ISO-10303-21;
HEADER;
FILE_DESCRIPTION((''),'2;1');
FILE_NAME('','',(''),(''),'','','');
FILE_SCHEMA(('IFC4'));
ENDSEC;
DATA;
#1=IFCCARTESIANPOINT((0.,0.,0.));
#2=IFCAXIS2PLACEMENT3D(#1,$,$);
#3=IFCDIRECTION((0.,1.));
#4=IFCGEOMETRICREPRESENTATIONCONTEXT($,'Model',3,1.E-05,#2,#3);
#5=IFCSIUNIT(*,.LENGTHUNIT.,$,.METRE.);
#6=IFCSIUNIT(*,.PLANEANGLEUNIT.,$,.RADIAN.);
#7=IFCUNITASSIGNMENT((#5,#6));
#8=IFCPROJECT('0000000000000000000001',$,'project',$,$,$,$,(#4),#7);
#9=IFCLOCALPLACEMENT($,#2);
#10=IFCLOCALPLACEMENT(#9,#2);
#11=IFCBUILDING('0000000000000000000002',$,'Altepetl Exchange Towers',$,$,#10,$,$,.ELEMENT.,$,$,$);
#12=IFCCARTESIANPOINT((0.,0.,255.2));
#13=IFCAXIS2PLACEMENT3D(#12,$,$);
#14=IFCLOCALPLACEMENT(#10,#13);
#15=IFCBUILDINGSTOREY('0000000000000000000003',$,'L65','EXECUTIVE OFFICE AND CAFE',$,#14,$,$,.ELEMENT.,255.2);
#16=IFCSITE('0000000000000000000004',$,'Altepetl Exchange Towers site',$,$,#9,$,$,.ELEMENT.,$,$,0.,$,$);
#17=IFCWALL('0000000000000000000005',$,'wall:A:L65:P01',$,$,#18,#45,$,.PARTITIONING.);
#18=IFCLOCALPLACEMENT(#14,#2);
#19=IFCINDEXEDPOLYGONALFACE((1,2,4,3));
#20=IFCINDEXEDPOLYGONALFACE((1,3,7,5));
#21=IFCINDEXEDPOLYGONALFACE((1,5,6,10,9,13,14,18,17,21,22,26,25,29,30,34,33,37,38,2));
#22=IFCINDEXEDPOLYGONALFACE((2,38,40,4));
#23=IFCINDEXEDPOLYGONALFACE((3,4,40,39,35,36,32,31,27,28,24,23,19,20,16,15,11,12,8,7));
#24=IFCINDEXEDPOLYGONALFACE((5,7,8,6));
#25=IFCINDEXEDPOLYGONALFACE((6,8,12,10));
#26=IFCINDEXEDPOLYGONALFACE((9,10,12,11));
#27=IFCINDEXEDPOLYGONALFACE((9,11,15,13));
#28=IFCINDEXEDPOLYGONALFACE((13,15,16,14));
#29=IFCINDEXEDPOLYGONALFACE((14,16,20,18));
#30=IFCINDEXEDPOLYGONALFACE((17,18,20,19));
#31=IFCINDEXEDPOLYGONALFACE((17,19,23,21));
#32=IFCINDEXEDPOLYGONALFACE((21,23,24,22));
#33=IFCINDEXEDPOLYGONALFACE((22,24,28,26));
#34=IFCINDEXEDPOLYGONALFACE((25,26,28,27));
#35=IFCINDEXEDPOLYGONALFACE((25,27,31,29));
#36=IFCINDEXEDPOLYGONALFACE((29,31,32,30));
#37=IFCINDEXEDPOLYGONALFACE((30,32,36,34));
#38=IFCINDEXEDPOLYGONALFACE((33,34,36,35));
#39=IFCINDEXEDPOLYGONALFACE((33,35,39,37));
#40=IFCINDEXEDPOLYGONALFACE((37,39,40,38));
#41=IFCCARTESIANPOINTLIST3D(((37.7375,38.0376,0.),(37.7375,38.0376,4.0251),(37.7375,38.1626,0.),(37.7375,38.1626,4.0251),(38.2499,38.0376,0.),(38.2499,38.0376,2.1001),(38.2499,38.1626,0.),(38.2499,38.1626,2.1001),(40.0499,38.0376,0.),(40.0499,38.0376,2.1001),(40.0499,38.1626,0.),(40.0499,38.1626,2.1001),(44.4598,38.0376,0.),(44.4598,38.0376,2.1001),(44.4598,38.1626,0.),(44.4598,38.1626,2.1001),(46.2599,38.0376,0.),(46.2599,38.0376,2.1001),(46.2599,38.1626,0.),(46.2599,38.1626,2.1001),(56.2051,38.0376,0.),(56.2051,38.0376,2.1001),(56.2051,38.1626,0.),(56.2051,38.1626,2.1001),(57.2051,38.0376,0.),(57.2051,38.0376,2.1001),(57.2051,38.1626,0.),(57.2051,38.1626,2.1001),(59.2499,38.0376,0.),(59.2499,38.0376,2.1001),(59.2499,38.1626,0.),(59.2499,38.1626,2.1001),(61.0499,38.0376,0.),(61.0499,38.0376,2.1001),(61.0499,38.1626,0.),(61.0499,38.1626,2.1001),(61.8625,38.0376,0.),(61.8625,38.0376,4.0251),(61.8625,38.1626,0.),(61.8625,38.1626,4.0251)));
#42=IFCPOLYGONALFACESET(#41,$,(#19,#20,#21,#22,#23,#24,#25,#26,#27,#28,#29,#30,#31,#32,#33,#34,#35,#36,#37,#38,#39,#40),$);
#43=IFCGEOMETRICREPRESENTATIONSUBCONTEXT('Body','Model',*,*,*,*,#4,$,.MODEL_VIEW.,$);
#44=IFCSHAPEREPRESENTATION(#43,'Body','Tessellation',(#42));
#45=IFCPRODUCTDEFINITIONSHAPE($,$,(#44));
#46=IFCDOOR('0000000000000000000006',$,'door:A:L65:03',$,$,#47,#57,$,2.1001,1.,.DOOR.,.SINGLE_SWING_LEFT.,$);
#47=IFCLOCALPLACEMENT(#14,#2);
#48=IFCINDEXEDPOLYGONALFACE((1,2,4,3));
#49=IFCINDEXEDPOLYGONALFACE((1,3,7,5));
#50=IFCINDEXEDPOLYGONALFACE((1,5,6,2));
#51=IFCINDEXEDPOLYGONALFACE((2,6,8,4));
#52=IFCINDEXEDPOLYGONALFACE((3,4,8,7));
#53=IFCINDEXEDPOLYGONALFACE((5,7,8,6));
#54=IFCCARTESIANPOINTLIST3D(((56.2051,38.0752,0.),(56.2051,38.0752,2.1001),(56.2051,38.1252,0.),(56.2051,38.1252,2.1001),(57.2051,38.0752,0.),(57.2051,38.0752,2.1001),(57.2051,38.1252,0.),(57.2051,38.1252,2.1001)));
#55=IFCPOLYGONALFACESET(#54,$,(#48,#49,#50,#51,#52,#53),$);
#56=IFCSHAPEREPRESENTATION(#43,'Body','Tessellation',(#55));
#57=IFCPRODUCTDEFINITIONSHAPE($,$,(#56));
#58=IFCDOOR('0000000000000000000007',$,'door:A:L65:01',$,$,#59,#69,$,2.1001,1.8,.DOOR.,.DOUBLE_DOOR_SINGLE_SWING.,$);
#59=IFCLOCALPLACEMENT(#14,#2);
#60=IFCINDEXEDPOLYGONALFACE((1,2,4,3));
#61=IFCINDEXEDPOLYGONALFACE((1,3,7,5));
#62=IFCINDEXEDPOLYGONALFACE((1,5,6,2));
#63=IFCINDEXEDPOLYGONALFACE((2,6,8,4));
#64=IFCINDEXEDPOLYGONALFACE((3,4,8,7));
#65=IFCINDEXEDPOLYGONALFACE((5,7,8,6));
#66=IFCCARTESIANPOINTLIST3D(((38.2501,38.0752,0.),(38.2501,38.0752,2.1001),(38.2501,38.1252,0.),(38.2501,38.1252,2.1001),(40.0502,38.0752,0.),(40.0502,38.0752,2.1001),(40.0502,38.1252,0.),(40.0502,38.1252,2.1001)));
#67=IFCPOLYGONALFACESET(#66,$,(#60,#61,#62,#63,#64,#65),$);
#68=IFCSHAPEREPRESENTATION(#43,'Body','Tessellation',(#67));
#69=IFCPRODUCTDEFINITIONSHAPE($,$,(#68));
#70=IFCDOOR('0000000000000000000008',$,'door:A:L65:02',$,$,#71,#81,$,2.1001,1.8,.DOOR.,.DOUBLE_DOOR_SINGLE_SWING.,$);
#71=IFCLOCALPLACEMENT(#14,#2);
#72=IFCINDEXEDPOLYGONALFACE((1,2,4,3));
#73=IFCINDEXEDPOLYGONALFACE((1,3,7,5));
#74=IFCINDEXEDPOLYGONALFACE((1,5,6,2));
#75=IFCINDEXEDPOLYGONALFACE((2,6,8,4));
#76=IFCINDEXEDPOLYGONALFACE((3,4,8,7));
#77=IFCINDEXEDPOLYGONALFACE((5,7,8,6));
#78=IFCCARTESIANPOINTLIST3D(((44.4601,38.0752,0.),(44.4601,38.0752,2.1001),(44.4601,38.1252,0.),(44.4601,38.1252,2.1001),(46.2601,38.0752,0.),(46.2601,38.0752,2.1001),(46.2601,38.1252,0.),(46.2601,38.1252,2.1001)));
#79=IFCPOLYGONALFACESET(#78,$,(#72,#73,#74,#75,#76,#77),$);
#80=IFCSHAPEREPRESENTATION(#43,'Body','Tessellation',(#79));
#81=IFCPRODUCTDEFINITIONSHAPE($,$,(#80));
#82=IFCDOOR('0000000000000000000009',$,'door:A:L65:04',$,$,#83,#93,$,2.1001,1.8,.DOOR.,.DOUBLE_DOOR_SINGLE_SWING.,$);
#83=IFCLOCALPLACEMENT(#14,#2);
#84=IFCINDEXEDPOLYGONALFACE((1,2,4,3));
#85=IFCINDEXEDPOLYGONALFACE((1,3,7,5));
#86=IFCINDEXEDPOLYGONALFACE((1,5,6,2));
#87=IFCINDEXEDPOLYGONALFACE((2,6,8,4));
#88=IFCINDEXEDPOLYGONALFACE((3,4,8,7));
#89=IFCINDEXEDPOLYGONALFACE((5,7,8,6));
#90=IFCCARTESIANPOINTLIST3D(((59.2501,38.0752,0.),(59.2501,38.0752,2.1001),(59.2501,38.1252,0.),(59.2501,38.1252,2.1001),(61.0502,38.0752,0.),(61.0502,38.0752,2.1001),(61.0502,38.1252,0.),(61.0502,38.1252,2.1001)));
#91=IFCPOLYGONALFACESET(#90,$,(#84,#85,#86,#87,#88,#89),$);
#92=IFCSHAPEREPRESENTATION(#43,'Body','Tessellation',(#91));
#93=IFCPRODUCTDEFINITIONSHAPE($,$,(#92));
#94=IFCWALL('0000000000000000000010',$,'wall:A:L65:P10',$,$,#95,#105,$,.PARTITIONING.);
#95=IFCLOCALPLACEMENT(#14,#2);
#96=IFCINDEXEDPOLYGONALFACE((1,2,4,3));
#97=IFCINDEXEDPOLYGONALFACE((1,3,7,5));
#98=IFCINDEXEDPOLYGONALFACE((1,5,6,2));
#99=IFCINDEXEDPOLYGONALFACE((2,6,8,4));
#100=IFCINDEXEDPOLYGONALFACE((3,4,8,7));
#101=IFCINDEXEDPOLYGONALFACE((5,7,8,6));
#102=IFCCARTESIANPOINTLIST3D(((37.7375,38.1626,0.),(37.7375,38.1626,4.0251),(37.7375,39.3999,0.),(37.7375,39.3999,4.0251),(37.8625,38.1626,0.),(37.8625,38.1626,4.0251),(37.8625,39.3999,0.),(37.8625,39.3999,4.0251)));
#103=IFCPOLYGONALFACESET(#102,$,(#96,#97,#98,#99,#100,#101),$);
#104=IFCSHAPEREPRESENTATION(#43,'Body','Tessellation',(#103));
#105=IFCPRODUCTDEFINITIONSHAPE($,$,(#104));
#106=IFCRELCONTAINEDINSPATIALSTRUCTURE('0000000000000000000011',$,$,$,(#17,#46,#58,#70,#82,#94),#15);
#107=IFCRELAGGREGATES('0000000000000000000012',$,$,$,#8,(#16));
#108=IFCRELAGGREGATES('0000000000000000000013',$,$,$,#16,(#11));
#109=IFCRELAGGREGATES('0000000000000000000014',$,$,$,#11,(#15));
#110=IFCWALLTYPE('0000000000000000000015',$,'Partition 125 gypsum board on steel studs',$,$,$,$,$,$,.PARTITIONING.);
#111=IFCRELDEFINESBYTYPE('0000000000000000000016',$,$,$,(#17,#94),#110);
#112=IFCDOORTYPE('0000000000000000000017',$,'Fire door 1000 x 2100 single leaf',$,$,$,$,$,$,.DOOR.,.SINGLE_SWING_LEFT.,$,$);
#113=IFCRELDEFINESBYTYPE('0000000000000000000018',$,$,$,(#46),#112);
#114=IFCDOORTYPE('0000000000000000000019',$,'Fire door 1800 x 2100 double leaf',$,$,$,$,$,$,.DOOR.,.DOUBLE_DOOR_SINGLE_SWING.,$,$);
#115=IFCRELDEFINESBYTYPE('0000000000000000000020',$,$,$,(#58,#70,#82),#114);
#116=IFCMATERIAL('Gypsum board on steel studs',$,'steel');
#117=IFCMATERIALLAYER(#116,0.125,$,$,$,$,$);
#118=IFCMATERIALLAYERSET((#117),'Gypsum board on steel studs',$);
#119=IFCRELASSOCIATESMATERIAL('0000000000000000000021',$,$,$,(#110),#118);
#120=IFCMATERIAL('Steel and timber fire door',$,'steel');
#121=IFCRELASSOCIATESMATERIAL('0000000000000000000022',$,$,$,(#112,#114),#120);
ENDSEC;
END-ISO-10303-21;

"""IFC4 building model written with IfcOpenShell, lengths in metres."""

from ifc_helpers import new_model, si_unit, direction, frame, frame_2d, origin, place, context, subcontext, project, spatial, rectangle, extrude, material, layer, layer_set, type_object, element, fill, save


model = new_model("IFC4")

# Units and contexts
model_context = context("Model", 3, precision=1e-05, world=origin(), true_north=direction((0.0, 1.0)))
body_context = subcontext(model_context, "Body", "Model", "MODEL_VIEW")
ifc_project = project(units=[si_unit("LENGTHUNIT", "METRE"), si_unit("PLANEANGLEUNIT", "RADIAN")], contexts=[model_context])

# Site, building, storey
site_placement = place(None, origin())
site = spatial("IfcSite", under=ifc_project, at=site_placement, Name="Altepetl Exchange Towers site", CompositionType="ELEMENT", RefElevation=0.0)
building_placement = place(site_placement, origin())
building = spatial("IfcBuilding", under=site, at=building_placement, Name="Altepetl Exchange Towers", CompositionType="ELEMENT")
storey_placement = place(building_placement, frame((0.0, 0.0, 255.2)))
storey = spatial("IfcBuildingStorey", under=building, at=storey_placement, Name="L65", Description="EXECUTIVE OFFICE AND CAFE", CompositionType="ELEMENT", Elevation=255.2)

# Wall, openings, doors
ifc_material_1 = material(Name="Gypsum board on steel studs", Category="steel")
ifc_layer_1 = layer(ifc_material_1, 0.125)
ifc_layer_set_1 = layer_set([ifc_layer_1], Name="Gypsum board on steel studs")
wall_type = type_object("IfcWallType", Name="Partition 125 gypsum board on steel studs", PredefinedType="PARTITIONING", material=ifc_layer_set_1)
wall_1_placement = place(storey_placement, frame((37.7375, 38.1001, 0.0)))
wall_1 = element("IfcWall", 1, at=wall_1_placement, inside=storey, type_object=wall_type, Name="wall:A:L65:P01", PredefinedType="PARTITIONING", context=body_context, shape_type="SweptSolid", body=[
    extrude(rectangle(XDim=24.125, YDim=0.125, at=frame_2d((12.0625, 0.0))), origin(), (0.0, 0.0, 1.0), 4.0251),
])
opening_1_placement = place(wall_1_placement, frame((0.5125, 0.0, 0.0)))
opening_1 = element("IfcOpeningElement", 2, at=opening_1_placement, cuts=wall_1, PredefinedType="OPENING", context=body_context, shape_type="SweptSolid", body=[
    extrude(rectangle(XDim=1.8, YDim=2.1001, at=frame_2d((0.8999, 1.05))), frame((0.0, 0.0725, 0.0), z_axis=(0.0, -1.0, 0.0), x_axis=(1.0, 0.0, 0.0)), (0.0, 0.0, 1.0), 0.145),
])
opening_2_placement = place(wall_1_placement, frame((6.7224, 0.0, 0.0)))
opening_2 = element("IfcOpeningElement", 3, at=opening_2_placement, cuts=wall_1, PredefinedType="OPENING", context=body_context, shape_type="SweptSolid", body=[
    extrude(rectangle(XDim=1.8, YDim=2.1001, at=frame_2d((0.8999, 1.05))), frame((0.0, 0.0725, 0.0), z_axis=(0.0, -1.0, 0.0), x_axis=(1.0, 0.0, 0.0)), (0.0, 0.0, 1.0), 0.145),
])
opening_3_placement = place(wall_1_placement, frame((18.4675, 0.0, 0.0)))
opening_3 = element("IfcOpeningElement", 4, at=opening_3_placement, cuts=wall_1, PredefinedType="OPENING", context=body_context, shape_type="SweptSolid", body=[
    extrude(rectangle(XDim=1.0, YDim=2.1001, at=frame_2d((0.5, 1.05))), frame((0.0, 0.0725, 0.0), z_axis=(0.0, -1.0, 0.0), x_axis=(1.0, 0.0, 0.0)), (0.0, 0.0, 1.0), 0.145),
])
opening_4_placement = place(wall_1_placement, frame((21.5125, 0.0, 0.0)))
opening_4 = element("IfcOpeningElement", 5, at=opening_4_placement, cuts=wall_1, PredefinedType="OPENING", context=body_context, shape_type="SweptSolid", body=[
    extrude(rectangle(XDim=1.8, YDim=2.1001, at=frame_2d((0.8999, 1.05))), frame((0.0, 0.0725, 0.0), z_axis=(0.0, -1.0, 0.0), x_axis=(1.0, 0.0, 0.0)), (0.0, 0.0, 1.0), 0.145),
])
ifc_material_2 = material(Name="Steel and timber fire door", Category="steel")
door_type_1 = type_object("IfcDoorType", Name="Fire door 1000 x 2100 single leaf", OperationType="SINGLE_SWING_LEFT", PredefinedType="DOOR", material=ifc_material_2)
door_1_placement = place(opening_3_placement, frame((1.0, 0.0, 0.0), x_axis=(-1.0, 0.0, 0.0)))
door_1 = element("IfcDoor", 6, at=door_1_placement, inside=storey, type_object=door_type_1, Name="door:A:L65:03", OperationType="SINGLE_SWING_LEFT", OverallHeight=2.1001, OverallWidth=1.0, PredefinedType="DOOR", context=body_context, shape_type="SweptSolid", body=[
    extrude(rectangle(XDim=1.0, YDim=2.1001, at=frame_2d((0.5, 1.05))), frame((0.0, 0.0249, 0.0), z_axis=(0.0, -1.0, 0.0), x_axis=(1.0, 0.0, 0.0)), (0.0, 0.0, 1.0), 0.05),
])
fill(opening_3, door_1)
door_type_2 = type_object("IfcDoorType", Name="Fire door 1800 x 2100 double leaf", OperationType="DOUBLE_DOOR_SINGLE_SWING", PredefinedType="DOOR", material=ifc_material_2)
door_2_placement = place(opening_1_placement, frame((1.8, 0.0, 0.0), x_axis=(-1.0, 0.0, 0.0)))
door_2 = element("IfcDoor", 7, at=door_2_placement, inside=storey, type_object=door_type_2, Name="door:A:L65:01", OperationType="DOUBLE_DOOR_SINGLE_SWING", OverallHeight=2.1001, OverallWidth=1.8, PredefinedType="DOOR", context=body_context, shape_type="SweptSolid", body=[
    extrude(rectangle(XDim=1.8, YDim=2.1001, at=frame_2d((0.8999, 1.05))), frame((0.0, 0.0249, 0.0), z_axis=(0.0, -1.0, 0.0), x_axis=(1.0, 0.0, 0.0)), (0.0, 0.0, 1.0), 0.05),
])
fill(opening_1, door_2)
door_3_placement = place(opening_2_placement, frame((1.8, 0.0, 0.0), x_axis=(-1.0, 0.0, 0.0)))
door_3 = element("IfcDoor", 8, at=door_3_placement, inside=storey, type_object=door_type_2, Name="door:A:L65:02", OperationType="DOUBLE_DOOR_SINGLE_SWING", OverallHeight=2.1001, OverallWidth=1.8, PredefinedType="DOOR", context=body_context, shape_type="SweptSolid", body=[
    extrude(rectangle(XDim=1.8, YDim=2.1001, at=frame_2d((0.8999, 1.05))), frame((0.0, 0.0249, 0.0), z_axis=(0.0, -1.0, 0.0), x_axis=(1.0, 0.0, 0.0)), (0.0, 0.0, 1.0), 0.05),
])
fill(opening_2, door_3)
door_4_placement = place(opening_4_placement, frame((1.8, 0.0, 0.0), x_axis=(-1.0, 0.0, 0.0)))
door_4 = element("IfcDoor", 9, at=door_4_placement, inside=storey, type_object=door_type_2, Name="door:A:L65:04", OperationType="DOUBLE_DOOR_SINGLE_SWING", OverallHeight=2.1001, OverallWidth=1.8, PredefinedType="DOOR", context=body_context, shape_type="SweptSolid", body=[
    extrude(rectangle(XDim=1.8, YDim=2.1001, at=frame_2d((0.8999, 1.05))), frame((0.0, 0.0249, 0.0), z_axis=(0.0, -1.0, 0.0), x_axis=(1.0, 0.0, 0.0)), (0.0, 0.0, 1.0), 0.05),
])
fill(opening_4, door_4)

# Wall
wall_2_placement = place(storey_placement, frame((37.8, 38.1626, 0.0), z_axis=(0.0, 0.0, 1.0), x_axis=(0.0, 1.0, 0.0)))
element("IfcWall", 10, at=wall_2_placement, inside=storey, type_object=wall_type, Name="wall:A:L65:P10", PredefinedType="PARTITIONING", context=body_context, shape_type="SweptSolid", body=[
    extrude(rectangle(XDim=1.2373, YDim=0.125, at=frame_2d((0.6187, 0.0))), origin(), (0.0, 0.0, 1.0), 4.0251),
])

save(model, "model.ifc")
